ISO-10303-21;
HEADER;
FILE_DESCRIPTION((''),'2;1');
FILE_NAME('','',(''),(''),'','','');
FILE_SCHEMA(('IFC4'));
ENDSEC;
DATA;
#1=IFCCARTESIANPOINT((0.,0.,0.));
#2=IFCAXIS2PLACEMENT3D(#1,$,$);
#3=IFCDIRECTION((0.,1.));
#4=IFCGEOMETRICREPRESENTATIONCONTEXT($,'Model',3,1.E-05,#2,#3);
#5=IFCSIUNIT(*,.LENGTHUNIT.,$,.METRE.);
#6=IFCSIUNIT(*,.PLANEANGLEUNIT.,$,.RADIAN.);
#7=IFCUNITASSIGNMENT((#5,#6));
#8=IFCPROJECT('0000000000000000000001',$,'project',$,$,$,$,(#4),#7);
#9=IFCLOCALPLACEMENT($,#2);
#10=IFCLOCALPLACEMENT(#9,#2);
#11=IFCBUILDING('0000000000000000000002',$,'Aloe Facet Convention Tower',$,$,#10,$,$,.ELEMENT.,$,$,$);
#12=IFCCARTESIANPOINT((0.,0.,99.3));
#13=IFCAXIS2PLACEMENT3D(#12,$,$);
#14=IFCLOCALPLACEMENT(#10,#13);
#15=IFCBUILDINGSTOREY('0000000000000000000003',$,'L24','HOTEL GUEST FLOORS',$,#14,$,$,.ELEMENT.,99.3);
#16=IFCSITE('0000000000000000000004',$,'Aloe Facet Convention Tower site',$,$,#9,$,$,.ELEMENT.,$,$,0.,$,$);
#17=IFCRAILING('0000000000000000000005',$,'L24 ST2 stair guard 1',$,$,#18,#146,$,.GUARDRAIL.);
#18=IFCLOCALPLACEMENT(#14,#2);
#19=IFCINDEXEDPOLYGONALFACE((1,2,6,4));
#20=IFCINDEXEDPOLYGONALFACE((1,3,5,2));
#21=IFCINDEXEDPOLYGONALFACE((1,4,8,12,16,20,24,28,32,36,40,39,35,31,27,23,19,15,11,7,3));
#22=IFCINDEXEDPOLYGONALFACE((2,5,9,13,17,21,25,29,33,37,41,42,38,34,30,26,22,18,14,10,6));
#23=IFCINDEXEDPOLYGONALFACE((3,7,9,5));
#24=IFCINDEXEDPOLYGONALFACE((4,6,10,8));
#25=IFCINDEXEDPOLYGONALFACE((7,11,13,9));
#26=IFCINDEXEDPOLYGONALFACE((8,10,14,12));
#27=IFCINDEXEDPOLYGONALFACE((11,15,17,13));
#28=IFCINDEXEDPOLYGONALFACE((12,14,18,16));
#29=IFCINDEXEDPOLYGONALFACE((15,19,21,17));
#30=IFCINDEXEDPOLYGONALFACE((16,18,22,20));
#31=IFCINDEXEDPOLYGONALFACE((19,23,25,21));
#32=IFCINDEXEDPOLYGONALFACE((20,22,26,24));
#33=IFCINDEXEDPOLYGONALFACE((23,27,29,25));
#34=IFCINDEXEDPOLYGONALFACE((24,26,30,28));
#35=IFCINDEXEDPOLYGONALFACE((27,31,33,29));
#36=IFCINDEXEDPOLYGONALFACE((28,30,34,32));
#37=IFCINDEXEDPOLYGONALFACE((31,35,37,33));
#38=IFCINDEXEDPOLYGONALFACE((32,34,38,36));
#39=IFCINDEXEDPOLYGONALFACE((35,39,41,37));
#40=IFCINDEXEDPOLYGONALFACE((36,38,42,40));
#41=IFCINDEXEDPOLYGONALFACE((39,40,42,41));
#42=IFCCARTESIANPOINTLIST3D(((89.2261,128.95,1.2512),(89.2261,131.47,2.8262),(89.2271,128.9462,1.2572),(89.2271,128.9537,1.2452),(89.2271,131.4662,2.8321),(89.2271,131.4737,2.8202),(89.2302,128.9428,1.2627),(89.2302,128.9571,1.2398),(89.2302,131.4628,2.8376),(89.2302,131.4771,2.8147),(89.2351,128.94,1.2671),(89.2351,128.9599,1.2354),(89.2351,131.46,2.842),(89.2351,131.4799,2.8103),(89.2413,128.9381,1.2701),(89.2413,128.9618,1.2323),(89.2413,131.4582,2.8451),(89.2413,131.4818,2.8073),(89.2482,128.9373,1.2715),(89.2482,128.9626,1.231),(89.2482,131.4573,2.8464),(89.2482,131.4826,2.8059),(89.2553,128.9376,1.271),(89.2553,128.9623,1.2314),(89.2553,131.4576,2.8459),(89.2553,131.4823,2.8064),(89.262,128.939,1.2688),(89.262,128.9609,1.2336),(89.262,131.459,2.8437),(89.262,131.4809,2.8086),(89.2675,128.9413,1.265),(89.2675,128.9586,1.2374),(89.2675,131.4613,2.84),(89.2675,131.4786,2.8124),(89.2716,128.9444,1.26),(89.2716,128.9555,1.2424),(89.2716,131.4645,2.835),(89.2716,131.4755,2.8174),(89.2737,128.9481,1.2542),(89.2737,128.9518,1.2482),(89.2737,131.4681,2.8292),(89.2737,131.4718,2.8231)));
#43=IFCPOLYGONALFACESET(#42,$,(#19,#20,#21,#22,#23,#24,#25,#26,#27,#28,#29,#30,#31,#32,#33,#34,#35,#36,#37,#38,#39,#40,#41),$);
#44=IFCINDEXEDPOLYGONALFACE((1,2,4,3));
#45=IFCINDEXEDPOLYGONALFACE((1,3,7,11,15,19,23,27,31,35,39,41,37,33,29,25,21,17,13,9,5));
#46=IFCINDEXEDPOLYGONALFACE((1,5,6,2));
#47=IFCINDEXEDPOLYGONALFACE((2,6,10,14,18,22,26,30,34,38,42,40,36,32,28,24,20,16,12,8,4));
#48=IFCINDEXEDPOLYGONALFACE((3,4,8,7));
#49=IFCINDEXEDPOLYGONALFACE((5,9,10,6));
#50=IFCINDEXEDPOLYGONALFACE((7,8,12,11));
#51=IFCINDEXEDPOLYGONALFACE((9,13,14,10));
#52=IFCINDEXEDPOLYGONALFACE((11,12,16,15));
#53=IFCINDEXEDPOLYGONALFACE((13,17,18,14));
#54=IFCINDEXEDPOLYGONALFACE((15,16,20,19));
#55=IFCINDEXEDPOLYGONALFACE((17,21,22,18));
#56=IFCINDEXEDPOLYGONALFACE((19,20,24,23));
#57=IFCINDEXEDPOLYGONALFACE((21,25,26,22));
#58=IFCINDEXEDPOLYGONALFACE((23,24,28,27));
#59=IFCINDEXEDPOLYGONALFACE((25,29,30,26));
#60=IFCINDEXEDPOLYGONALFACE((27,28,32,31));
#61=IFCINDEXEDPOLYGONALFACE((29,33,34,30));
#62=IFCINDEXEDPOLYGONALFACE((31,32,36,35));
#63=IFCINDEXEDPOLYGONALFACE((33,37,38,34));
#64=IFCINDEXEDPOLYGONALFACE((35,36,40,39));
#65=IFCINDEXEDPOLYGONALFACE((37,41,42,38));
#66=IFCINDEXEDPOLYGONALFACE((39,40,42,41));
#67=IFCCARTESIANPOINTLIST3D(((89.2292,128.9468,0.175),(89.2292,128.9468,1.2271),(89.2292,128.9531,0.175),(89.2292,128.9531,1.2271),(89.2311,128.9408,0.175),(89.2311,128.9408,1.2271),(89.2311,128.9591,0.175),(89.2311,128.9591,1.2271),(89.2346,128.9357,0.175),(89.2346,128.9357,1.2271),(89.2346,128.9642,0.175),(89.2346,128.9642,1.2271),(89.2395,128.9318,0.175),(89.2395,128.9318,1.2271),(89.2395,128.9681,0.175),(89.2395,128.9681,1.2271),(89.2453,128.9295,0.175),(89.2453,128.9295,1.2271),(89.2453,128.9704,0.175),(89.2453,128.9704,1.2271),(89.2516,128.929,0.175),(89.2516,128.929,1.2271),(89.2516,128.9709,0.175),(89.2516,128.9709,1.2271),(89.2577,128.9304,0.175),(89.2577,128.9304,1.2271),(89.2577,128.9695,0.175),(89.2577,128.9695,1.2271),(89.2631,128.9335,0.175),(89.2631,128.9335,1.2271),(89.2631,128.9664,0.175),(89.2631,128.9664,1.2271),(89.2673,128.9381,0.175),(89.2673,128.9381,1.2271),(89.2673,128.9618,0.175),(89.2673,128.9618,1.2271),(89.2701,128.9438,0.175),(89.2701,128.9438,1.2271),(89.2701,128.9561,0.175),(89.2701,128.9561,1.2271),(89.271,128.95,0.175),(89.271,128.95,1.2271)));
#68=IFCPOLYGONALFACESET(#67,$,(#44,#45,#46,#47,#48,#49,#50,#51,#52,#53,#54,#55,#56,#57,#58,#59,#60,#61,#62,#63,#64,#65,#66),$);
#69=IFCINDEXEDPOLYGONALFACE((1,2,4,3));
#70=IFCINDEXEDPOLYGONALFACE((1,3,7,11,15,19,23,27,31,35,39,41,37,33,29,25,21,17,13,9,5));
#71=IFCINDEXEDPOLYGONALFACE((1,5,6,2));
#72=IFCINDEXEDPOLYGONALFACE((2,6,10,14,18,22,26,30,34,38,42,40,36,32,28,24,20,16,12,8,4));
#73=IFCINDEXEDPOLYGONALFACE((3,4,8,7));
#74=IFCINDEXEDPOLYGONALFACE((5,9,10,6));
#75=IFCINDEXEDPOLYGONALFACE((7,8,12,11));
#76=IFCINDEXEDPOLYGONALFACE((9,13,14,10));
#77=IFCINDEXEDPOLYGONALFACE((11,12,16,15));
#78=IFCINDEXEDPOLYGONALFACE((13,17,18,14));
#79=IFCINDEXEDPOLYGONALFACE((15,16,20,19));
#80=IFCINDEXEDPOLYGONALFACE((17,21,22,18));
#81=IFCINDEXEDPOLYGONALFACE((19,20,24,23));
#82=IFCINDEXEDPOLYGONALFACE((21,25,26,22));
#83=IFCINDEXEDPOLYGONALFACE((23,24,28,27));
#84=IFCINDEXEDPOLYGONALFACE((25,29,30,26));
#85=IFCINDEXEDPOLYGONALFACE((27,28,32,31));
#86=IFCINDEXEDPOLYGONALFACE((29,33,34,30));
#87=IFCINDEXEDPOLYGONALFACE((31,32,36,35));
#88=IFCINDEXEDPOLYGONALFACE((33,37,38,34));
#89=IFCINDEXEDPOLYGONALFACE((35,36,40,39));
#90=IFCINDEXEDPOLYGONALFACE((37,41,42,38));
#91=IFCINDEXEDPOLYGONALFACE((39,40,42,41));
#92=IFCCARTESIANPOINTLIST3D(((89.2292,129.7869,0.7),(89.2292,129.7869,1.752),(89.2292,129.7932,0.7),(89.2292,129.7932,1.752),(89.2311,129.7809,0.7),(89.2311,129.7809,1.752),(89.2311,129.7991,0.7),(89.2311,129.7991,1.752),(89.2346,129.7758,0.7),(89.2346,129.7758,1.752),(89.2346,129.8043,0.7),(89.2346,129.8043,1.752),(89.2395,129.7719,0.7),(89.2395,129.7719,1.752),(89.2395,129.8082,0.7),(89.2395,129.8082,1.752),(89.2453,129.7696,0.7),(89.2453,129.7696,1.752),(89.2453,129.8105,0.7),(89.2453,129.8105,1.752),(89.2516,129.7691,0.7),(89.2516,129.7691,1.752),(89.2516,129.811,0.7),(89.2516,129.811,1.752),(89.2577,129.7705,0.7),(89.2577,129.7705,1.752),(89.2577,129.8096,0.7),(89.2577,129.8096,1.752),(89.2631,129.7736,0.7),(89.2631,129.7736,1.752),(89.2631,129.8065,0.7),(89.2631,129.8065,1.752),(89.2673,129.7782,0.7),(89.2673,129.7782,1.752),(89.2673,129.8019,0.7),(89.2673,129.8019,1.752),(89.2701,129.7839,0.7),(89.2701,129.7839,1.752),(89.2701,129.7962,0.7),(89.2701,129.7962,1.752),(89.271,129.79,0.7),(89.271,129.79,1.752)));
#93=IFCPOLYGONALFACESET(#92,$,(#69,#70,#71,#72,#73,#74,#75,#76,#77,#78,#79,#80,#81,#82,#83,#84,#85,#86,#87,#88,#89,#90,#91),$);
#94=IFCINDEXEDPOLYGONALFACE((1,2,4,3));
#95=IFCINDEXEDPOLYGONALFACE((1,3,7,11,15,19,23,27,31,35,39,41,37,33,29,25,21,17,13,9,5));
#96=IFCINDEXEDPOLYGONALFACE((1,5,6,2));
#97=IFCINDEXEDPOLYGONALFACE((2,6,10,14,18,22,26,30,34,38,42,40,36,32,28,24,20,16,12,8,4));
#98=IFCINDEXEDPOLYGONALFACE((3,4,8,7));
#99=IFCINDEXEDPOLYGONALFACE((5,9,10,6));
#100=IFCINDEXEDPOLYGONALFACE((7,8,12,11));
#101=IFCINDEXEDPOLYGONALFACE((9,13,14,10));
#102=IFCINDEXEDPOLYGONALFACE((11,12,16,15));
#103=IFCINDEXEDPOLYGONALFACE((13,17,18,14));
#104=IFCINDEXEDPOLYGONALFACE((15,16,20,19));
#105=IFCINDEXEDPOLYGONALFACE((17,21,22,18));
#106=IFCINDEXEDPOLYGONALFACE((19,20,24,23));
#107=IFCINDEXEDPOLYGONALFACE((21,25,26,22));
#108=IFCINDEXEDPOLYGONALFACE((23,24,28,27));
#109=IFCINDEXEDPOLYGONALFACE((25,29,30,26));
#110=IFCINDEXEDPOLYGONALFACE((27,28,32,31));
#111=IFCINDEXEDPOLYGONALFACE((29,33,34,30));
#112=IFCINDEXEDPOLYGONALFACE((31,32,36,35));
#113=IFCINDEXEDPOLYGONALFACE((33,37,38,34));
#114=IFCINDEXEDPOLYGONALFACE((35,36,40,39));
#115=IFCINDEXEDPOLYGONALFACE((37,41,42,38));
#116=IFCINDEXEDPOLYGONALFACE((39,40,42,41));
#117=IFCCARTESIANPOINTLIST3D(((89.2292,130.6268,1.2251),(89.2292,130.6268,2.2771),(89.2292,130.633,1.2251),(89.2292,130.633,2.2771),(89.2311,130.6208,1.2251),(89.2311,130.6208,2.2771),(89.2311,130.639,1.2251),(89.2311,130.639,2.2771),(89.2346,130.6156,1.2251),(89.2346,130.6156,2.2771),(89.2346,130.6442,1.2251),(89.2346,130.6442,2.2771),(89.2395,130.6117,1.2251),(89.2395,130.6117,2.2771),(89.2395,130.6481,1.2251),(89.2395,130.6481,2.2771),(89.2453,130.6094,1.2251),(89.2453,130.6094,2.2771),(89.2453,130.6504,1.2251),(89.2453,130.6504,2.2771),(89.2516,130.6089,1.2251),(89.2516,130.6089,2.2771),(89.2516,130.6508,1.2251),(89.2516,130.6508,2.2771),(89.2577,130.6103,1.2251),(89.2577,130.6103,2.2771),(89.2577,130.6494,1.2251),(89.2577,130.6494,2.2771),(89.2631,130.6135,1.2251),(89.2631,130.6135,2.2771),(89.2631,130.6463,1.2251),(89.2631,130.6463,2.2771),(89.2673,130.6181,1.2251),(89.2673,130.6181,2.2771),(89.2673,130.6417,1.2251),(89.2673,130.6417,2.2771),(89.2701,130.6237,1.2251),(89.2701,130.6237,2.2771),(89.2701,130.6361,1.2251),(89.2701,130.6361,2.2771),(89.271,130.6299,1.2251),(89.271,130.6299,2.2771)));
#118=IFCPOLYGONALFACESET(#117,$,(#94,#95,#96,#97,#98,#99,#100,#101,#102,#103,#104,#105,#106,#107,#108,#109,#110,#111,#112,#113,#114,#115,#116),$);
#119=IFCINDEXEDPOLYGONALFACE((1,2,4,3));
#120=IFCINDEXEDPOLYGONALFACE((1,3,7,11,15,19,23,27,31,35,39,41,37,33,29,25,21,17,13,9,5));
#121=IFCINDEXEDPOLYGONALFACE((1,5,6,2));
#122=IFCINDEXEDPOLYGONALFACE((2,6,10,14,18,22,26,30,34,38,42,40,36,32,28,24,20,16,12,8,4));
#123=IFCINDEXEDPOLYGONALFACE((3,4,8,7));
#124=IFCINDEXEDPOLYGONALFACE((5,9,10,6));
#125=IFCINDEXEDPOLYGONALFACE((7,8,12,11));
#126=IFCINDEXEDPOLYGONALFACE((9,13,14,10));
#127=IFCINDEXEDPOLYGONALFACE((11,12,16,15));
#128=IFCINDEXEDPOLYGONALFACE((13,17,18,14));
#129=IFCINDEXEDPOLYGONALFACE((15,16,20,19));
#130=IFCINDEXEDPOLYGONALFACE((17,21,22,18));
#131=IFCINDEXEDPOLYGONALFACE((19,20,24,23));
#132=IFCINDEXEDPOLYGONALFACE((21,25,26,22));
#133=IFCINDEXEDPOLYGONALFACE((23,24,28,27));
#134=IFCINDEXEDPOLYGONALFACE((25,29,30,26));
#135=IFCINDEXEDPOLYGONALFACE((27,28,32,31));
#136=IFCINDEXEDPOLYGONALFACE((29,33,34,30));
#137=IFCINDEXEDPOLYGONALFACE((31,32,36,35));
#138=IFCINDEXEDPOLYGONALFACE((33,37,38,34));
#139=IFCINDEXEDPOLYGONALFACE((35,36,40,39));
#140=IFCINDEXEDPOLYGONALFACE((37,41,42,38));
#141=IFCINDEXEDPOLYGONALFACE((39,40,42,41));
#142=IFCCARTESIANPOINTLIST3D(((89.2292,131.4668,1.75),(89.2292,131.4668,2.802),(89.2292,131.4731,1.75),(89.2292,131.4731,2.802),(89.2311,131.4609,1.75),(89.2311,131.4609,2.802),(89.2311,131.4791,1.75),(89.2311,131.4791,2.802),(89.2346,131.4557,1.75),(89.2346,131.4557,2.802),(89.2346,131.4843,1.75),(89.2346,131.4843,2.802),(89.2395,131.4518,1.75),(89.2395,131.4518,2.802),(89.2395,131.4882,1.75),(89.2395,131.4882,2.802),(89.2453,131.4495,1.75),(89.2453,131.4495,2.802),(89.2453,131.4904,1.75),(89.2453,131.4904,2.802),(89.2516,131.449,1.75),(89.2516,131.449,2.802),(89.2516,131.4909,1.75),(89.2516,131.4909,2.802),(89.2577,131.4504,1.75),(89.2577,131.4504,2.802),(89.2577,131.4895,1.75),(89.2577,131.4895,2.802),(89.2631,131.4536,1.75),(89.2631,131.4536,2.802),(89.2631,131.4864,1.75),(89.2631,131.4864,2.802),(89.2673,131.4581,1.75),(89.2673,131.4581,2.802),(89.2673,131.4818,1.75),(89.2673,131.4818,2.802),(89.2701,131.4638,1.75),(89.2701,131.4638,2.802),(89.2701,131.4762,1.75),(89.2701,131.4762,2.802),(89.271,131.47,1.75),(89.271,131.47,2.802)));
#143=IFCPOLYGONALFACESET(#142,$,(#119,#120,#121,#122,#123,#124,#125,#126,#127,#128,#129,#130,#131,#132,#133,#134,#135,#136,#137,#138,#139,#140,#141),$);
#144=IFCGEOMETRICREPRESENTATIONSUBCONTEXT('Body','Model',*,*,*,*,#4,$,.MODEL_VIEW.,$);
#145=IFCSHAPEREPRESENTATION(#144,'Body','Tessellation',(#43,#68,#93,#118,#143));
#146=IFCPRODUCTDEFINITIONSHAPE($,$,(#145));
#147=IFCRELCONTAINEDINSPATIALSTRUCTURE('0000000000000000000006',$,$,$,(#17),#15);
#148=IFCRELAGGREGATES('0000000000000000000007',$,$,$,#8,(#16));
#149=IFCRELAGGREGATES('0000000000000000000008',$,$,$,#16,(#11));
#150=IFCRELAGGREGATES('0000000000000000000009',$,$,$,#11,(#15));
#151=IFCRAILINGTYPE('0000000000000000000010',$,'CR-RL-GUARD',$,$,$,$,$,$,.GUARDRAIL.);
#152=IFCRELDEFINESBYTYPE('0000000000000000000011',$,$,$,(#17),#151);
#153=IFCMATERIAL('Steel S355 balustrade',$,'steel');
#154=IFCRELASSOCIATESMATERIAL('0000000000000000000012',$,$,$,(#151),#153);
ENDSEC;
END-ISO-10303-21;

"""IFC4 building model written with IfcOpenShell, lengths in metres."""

from ifc_helpers import new_model, si_unit, direction, frame, origin, origin_2d, place, context, subcontext, project, spatial, circle, extrude, material, type_object, element, save


model = new_model("IFC4")

# Units and contexts
model_context = context("Model", 3, precision=1e-05, world=origin(), true_north=direction((0.0, 1.0)))
body_context = subcontext(model_context, "Body", "Model", "MODEL_VIEW")
ifc_project = project(units=[si_unit("LENGTHUNIT", "METRE"), si_unit("PLANEANGLEUNIT", "RADIAN")], contexts=[model_context])

# Site, building, storey
site_placement = place(None, origin())
site = spatial("IfcSite", under=ifc_project, at=site_placement, Name="Aloe Facet Convention Tower site", CompositionType="ELEMENT", RefElevation=0.0)
building_placement = place(site_placement, origin())
building = spatial("IfcBuilding", under=site, at=building_placement, Name="Aloe Facet Convention Tower", CompositionType="ELEMENT")
storey_placement = place(building_placement, frame((0.0, 0.0, 99.3)))
storey = spatial("IfcBuildingStorey", under=building, at=storey_placement, Name="L24", Description="HOTEL GUEST FLOORS", CompositionType="ELEMENT", Elevation=99.3)

# Railing
ifc_material_1 = material(Name="Steel S355 balustrade", Category="steel")
railing_type_1 = type_object("IfcRailingType", Name="CR-RL-GUARD", PredefinedType="GUARDRAIL", material=ifc_material_1)
railing_1_placement = place(storey_placement, frame((89.25, 128.95, 0.175)))
element("IfcRailing", 1, at=railing_1_placement, inside=storey, type_object=railing_type_1, Name="L24 ST2 stair guard 1", PredefinedType="GUARDRAIL", context=body_context, shape_type="SweptSolid", body=[
    extrude(circle(Radius=0.0239, at=origin_2d()), frame((0.0, 0.0, 1.0762), z_axis=(0.0, 0.848008, 0.529984), x_axis=(-1.0, 0.0, 0.0)), (0.0, 0.0, 1.0), 2.9717),
    extrude(circle(Radius=0.021, at=origin_2d()), origin(), (0.0, 0.0, 1.0), 1.052),
    extrude(circle(Radius=0.021, at=origin_2d()), frame((0.0, 0.8401, 0.5249)), (0.0, 0.0, 1.0), 1.052),
    extrude(circle(Radius=0.021, at=origin_2d()), frame((0.0, 1.6799, 1.05)), (0.0, 0.0, 1.0), 1.052),
    extrude(circle(Radius=0.021, at=origin_2d()), frame((0.0, 2.52, 1.575)), (0.0, 0.0, 1.0), 1.052),
])

save(model, "model.ifc")
